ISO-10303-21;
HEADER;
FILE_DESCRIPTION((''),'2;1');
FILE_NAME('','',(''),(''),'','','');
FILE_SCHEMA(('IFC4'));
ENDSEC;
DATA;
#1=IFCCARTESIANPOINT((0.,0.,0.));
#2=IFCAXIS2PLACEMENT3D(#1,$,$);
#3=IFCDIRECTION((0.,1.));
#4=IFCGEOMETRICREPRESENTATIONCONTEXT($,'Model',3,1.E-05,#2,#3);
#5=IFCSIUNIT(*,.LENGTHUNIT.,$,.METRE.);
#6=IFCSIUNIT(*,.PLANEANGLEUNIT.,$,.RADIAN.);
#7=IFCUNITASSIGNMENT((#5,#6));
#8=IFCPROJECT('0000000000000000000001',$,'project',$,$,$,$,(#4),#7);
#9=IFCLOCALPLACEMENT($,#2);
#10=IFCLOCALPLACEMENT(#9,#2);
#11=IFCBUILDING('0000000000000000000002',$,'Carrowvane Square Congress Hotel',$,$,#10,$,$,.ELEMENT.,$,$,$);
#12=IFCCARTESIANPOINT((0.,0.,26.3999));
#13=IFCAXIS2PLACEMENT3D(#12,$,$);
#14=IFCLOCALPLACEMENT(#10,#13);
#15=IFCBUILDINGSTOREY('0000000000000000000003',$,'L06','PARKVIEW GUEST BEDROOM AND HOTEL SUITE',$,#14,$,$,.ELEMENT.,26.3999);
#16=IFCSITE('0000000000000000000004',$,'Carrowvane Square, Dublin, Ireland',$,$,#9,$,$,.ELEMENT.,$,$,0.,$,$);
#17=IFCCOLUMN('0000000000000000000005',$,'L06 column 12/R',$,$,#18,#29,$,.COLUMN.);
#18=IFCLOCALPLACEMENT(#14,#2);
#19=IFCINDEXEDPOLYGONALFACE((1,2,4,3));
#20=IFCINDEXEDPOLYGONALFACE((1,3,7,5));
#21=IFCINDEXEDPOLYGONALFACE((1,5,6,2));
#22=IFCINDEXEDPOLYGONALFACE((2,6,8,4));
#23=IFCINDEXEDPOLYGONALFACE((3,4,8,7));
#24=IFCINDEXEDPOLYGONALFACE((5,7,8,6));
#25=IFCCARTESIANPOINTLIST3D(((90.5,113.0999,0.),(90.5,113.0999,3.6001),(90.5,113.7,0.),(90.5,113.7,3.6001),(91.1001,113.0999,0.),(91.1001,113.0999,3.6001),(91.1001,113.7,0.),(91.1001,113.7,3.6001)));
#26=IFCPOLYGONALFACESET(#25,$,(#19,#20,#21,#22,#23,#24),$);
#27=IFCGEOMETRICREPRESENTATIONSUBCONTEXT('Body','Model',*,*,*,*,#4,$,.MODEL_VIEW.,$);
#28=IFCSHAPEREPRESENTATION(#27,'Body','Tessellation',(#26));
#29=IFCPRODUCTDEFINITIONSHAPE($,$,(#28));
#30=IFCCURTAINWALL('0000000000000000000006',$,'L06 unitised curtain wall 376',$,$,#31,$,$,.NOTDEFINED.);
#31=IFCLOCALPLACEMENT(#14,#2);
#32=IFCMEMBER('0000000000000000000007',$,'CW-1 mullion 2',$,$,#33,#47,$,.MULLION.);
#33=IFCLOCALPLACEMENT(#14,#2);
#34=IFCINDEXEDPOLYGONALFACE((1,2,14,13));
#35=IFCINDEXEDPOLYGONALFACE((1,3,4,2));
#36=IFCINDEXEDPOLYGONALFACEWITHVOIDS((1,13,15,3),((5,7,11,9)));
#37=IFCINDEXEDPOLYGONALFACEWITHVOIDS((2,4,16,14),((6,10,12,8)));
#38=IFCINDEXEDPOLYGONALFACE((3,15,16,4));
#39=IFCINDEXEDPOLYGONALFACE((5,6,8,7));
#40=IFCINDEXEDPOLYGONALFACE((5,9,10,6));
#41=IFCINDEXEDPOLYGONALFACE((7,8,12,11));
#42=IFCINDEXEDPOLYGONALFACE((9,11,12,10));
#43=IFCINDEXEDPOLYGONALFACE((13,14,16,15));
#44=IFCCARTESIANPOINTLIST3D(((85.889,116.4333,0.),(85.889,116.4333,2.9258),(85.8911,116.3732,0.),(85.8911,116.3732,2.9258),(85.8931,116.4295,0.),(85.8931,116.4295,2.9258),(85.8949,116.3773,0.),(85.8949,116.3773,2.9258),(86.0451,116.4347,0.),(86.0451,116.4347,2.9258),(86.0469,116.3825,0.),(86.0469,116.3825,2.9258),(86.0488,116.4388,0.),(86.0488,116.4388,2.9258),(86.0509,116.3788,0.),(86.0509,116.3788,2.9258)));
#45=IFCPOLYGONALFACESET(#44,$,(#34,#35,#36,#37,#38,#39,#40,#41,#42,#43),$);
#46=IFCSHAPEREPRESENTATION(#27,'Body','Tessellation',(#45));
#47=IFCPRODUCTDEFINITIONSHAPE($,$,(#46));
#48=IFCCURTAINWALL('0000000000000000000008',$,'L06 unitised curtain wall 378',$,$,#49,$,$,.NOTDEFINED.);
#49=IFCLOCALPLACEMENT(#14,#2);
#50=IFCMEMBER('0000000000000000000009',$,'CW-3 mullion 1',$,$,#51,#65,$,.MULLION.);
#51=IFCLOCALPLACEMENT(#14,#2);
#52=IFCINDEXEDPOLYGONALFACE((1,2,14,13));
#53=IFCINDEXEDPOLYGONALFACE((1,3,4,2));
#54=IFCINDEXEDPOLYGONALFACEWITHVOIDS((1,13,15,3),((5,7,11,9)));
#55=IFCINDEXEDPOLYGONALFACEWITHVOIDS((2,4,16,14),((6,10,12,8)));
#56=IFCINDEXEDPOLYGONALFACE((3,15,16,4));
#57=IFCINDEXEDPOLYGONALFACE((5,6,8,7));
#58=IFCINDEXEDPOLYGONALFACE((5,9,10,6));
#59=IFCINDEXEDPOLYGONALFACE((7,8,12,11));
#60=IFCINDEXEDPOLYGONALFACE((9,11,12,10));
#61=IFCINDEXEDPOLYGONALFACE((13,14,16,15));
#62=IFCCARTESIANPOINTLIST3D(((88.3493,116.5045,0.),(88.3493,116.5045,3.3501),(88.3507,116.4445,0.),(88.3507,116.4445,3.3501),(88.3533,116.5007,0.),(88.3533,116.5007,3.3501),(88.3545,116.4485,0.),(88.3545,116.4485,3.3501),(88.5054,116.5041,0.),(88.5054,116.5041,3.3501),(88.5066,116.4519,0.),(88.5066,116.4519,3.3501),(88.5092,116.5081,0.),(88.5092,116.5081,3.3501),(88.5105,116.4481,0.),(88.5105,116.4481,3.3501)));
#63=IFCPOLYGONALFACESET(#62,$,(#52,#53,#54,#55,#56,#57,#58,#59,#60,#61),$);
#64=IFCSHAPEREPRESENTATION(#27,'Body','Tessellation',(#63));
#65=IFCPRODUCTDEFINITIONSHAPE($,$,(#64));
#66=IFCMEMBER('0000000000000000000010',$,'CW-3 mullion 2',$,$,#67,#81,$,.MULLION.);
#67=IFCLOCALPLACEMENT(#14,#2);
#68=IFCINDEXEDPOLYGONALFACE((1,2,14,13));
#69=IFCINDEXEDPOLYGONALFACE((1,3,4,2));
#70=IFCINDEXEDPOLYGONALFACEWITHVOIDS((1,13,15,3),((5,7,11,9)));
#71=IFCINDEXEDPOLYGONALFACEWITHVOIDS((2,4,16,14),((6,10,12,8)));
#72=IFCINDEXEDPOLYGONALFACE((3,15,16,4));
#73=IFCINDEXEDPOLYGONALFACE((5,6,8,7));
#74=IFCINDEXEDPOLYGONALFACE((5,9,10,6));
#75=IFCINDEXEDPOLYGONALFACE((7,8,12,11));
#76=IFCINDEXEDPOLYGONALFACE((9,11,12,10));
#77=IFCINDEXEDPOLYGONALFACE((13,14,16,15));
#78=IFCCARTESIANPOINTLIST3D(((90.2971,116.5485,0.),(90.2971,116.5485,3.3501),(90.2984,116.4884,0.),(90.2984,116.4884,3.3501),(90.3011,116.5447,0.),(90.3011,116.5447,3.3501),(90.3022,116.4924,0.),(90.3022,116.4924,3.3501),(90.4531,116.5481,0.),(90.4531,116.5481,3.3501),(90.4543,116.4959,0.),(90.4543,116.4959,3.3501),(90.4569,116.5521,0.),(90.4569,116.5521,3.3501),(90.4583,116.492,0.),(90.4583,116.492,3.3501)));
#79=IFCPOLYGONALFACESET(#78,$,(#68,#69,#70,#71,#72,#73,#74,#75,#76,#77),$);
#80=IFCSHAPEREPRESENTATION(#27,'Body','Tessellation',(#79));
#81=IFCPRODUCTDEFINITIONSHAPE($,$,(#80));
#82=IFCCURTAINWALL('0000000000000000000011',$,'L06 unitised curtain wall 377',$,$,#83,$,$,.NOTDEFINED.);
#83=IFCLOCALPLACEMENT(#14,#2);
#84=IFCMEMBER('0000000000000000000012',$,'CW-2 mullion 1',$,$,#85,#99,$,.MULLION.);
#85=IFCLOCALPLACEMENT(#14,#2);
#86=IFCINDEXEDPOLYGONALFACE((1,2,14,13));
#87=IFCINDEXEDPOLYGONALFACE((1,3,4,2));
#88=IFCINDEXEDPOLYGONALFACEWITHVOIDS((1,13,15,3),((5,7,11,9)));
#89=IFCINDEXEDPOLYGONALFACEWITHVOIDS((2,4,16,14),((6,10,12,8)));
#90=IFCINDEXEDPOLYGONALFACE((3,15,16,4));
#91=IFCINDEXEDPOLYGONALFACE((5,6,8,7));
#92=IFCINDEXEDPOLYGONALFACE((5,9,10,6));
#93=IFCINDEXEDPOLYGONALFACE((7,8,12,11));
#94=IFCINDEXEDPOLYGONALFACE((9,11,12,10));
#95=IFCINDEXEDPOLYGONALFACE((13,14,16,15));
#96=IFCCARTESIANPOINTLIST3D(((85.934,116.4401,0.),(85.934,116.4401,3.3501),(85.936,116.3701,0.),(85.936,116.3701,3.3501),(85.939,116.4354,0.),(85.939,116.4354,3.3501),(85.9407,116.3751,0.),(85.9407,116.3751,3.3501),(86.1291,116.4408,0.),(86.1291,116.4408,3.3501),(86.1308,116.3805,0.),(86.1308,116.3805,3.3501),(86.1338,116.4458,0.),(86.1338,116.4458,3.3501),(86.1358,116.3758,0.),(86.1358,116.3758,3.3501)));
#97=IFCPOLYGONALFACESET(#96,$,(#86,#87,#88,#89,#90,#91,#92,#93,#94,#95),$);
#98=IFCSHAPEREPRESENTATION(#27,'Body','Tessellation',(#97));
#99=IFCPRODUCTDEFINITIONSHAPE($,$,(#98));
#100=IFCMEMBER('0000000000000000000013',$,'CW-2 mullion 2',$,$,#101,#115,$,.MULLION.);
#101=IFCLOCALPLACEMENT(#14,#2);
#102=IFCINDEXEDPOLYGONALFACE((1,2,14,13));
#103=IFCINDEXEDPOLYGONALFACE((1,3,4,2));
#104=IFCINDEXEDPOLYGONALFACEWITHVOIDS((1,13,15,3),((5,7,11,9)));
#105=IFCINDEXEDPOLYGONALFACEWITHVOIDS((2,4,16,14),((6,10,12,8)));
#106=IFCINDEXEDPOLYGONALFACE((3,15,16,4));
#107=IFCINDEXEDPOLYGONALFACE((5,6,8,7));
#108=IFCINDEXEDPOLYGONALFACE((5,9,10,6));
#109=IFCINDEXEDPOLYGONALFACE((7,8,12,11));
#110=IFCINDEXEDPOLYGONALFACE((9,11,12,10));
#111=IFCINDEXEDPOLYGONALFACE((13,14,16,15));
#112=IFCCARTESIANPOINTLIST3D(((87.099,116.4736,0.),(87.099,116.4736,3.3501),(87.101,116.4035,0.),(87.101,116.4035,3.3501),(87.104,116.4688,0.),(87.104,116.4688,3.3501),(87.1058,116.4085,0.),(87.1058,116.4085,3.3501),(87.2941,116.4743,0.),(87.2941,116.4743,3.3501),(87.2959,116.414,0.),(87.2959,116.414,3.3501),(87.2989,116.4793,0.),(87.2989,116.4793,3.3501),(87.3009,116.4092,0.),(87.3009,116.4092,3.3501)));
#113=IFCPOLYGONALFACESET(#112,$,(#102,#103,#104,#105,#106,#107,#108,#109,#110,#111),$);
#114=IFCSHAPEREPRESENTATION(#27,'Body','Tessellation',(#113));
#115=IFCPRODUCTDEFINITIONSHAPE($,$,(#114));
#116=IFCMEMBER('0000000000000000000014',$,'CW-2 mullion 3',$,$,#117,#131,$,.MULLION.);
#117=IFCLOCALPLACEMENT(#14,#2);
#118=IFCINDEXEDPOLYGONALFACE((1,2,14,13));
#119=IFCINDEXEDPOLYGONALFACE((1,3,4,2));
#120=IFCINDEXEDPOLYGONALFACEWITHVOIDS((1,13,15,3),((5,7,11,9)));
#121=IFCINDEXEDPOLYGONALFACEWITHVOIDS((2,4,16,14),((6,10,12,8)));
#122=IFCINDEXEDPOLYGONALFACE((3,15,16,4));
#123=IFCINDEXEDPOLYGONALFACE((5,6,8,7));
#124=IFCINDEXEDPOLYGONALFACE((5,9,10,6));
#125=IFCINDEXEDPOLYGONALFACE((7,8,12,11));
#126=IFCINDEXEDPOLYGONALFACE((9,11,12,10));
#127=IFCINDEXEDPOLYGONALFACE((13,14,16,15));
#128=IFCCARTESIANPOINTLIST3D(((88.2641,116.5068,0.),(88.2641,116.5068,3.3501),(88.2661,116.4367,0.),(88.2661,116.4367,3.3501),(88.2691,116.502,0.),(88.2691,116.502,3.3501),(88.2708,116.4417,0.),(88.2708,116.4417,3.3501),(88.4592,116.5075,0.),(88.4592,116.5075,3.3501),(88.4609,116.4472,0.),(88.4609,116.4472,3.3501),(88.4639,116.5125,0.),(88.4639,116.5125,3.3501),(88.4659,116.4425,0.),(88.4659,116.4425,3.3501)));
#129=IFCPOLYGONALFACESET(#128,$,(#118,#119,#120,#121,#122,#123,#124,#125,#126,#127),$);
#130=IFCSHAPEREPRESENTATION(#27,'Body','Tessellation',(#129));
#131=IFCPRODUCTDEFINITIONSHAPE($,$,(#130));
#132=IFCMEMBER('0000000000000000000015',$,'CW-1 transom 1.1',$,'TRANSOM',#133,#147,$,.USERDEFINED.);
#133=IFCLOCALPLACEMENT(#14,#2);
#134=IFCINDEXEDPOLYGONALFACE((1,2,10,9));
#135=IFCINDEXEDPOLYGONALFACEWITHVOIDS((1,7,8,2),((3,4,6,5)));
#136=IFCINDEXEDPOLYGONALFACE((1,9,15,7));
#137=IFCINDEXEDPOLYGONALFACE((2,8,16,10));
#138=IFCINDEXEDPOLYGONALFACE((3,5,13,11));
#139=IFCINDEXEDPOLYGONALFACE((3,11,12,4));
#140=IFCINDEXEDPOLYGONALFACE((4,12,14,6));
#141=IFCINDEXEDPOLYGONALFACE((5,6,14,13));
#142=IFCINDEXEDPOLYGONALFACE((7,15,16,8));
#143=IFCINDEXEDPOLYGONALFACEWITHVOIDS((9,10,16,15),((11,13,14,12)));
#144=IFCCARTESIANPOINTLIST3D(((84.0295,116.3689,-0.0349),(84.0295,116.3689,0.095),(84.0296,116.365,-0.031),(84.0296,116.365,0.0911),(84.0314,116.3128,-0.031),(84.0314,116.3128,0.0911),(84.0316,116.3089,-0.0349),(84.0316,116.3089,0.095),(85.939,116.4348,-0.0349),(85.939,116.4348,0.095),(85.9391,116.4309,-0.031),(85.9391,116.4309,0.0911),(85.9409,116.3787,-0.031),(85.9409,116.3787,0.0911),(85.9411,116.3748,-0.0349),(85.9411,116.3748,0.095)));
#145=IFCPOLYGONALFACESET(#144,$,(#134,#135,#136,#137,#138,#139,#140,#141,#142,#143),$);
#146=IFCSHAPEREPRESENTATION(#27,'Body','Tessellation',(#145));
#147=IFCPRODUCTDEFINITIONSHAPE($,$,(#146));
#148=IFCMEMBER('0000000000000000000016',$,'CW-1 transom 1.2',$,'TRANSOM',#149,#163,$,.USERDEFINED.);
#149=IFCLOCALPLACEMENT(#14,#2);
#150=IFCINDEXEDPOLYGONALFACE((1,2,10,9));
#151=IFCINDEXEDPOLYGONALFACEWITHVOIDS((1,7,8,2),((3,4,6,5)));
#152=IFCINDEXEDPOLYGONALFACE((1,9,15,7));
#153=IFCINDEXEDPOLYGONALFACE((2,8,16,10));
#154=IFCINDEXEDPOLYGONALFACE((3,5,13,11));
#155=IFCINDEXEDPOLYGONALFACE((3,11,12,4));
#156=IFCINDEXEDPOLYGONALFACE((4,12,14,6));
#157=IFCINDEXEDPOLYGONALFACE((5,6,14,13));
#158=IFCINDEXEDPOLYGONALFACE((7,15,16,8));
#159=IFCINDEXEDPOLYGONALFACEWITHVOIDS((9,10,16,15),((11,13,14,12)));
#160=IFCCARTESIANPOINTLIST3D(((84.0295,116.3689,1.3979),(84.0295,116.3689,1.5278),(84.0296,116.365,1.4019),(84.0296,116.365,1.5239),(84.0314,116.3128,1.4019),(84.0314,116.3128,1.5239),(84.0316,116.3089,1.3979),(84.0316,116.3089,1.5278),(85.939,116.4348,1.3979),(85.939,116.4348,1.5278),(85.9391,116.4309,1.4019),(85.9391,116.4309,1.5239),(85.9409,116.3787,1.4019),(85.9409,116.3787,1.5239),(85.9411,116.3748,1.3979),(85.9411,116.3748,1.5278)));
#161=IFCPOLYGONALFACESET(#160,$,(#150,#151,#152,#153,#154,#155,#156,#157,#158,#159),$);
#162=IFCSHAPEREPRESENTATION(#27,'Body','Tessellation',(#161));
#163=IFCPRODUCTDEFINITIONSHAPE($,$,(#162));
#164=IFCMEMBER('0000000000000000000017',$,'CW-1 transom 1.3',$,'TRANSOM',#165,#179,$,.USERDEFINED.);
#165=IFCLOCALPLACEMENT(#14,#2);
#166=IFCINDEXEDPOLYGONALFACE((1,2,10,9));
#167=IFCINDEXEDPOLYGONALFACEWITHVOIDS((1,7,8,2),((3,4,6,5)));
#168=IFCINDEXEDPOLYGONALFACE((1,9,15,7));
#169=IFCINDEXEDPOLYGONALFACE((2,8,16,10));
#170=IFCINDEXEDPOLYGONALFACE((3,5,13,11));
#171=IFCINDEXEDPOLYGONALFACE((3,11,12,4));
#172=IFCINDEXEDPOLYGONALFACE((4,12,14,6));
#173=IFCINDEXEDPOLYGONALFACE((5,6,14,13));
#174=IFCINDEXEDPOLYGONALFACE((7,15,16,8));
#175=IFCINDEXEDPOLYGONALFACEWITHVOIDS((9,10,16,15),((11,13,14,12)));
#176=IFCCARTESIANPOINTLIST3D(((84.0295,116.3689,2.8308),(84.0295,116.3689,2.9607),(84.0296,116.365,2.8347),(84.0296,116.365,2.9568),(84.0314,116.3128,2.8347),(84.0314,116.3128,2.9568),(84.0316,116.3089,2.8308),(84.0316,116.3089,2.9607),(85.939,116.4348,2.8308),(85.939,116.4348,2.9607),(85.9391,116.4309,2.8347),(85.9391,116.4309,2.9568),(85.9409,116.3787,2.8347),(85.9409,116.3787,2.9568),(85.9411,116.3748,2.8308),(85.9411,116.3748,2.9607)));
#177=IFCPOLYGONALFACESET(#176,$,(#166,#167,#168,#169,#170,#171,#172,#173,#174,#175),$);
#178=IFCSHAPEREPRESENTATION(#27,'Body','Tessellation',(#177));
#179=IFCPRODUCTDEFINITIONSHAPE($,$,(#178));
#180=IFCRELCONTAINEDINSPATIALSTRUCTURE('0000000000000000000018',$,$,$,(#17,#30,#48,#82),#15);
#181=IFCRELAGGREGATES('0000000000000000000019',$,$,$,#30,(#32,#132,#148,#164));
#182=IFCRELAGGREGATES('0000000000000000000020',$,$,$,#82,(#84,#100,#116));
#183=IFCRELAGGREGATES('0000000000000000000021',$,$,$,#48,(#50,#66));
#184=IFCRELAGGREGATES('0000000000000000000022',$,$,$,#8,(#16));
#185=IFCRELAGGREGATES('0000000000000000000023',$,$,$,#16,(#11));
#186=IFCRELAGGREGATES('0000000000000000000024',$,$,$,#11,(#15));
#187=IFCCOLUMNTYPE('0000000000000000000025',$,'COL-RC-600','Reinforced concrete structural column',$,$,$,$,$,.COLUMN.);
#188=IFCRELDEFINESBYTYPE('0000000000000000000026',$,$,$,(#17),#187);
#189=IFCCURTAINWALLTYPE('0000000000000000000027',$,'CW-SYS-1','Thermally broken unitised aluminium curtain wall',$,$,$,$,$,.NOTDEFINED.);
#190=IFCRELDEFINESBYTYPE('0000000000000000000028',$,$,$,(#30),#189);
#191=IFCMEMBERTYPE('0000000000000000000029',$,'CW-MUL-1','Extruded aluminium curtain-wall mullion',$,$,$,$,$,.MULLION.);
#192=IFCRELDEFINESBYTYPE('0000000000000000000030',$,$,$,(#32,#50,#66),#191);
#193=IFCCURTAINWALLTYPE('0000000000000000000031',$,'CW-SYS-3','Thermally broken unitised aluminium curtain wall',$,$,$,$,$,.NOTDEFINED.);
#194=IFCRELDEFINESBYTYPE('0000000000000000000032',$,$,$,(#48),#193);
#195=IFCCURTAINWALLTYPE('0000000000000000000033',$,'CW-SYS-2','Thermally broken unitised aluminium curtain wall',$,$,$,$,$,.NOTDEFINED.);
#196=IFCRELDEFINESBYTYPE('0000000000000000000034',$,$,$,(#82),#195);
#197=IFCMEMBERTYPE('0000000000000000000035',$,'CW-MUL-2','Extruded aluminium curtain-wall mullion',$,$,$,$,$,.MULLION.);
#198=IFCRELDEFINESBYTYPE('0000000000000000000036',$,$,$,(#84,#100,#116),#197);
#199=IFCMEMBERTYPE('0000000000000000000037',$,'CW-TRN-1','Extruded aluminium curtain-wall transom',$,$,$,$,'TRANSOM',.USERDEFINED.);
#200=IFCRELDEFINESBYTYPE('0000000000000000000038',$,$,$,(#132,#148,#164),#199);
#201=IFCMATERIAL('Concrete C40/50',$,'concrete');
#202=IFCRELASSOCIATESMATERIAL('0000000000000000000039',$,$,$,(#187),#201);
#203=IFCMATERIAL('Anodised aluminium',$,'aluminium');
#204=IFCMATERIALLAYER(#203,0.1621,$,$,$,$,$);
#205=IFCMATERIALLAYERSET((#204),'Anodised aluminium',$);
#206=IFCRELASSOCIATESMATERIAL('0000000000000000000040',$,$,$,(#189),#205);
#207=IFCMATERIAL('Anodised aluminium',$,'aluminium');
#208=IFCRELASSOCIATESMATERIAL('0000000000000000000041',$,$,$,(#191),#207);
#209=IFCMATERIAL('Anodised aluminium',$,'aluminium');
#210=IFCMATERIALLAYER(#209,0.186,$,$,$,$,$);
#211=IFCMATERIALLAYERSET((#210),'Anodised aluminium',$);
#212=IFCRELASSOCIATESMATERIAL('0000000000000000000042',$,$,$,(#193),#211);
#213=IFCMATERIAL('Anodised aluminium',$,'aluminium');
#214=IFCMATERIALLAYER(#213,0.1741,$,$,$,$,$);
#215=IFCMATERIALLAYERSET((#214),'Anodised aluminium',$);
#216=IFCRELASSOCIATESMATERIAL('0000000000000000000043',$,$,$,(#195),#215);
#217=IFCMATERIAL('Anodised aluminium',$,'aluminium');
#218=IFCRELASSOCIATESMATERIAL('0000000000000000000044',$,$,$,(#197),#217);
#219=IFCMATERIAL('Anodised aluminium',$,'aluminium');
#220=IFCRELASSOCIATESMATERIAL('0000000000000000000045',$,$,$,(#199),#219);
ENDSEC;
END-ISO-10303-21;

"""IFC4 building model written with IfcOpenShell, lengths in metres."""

from ifc_helpers import new_model, si_unit, direction, frame, origin, origin_2d, place, context, subcontext, project, spatial, rectangle, hollow_rectangle, extrude, material, layer, layer_set, material_profile, profile_set, type_object, element, aggregate, save


model = new_model("IFC4")

# Units and contexts
model_context = context("Model", 3, precision=1e-05, world=origin(), true_north=direction((0.0, 1.0)))
body_context = subcontext(model_context, "Body", "Model", "MODEL_VIEW")
ifc_project = project(units=[si_unit("LENGTHUNIT", "METRE"), si_unit("PLANEANGLEUNIT", "RADIAN")], contexts=[model_context])

# Site, building, storey
site_placement = place(None, origin())
site = spatial("IfcSite", under=ifc_project, at=site_placement, Name="Carrowvane Square, Dublin, Ireland", CompositionType="ELEMENT", RefElevation=0.0)
building_placement = place(site_placement, origin())
building = spatial("IfcBuilding", under=site, at=building_placement, Name="Carrowvane Square Congress Hotel", CompositionType="ELEMENT")
storey_placement = place(building_placement, frame((0.0, 0.0, 26.3999)))
storey = spatial("IfcBuildingStorey", under=building, at=storey_placement, Name="L06", Description="PARKVIEW GUEST BEDROOM AND HOTEL SUITE", CompositionType="ELEMENT", Elevation=26.3999)

# Column
ifc_material_1 = material(Name="Concrete C40/50", Category="concrete")
ifc_material_profile_1 = material_profile(ifc_material_1, rectangle(XDim=0.6001, YDim=0.6001, at=origin_2d()), Name="RC 600x600")
ifc_profile_set_1 = profile_set([ifc_material_profile_1], Name="Concrete C40/50")
column_type = type_object("IfcColumnType", Name="COL-RC-600", Description="Reinforced concrete structural column", PredefinedType="COLUMN", material=ifc_profile_set_1)
column_placement = place(storey_placement, frame((90.8, 113.3999, 0.0), z_axis=(0.0, 0.0, 1.0), x_axis=(1.0, 0.0, 0.0)))
element("IfcColumn", 1, at=column_placement, inside=storey, type_object=column_type, Name="L06 column 12/R", PredefinedType="COLUMN", context=body_context, shape_type="SweptSolid", body=[
    extrude(rectangle(XDim=0.6001, YDim=0.6001, at=origin_2d()), origin(), (0.0, 0.0, 1.0), 3.6001),
])

# Curtain wall, member
ifc_material_2 = material(Name="Anodised aluminium", Category="aluminium")
ifc_layer_1 = layer(ifc_material_2, 0.1621)
ifc_layer_set_1 = layer_set([ifc_layer_1], Name="Anodised aluminium")
curtain_wall_type_1 = type_object("IfcCurtainWallType", Name="CW-SYS-1", Description="Thermally broken unitised aluminium curtain wall", PredefinedType="NOTDEFINED", material=ifc_layer_set_1)
curtain_wall_1_placement = place(storey_placement, origin())
curtain_wall_1 = element("IfcCurtainWall", 2, at=curtain_wall_1_placement, inside=storey, type_object=curtain_wall_type_1, Name="L06 unitised curtain wall 376", PredefinedType="NOTDEFINED")
ifc_material_3 = material(Name="Anodised aluminium", Category="aluminium")
ifc_material_profile_2 = material_profile(ifc_material_3, hollow_rectangle(XDim=0.0601, YDim=0.1599, WallThickness=0.0039, at=origin_2d()), Name="CW-ML 60x160x4")
ifc_profile_set_2 = profile_set([ifc_material_profile_2], Name="Anodised aluminium")
member_type_1 = type_object("IfcMemberType", Name="CW-MUL-1", Description="Extruded aluminium curtain-wall mullion", PredefinedType="MULLION", material=ifc_profile_set_2)
member_1_placement = place(storey_placement, frame((85.97, 116.406, 0.0), z_axis=(0.0, 0.0, 1.0), x_axis=(-0.034527, 0.999404, 0.0)))
member_1 = element("IfcMember", 3, at=member_1_placement, type_object=member_type_1, Name="CW-1 mullion 2", PredefinedType="MULLION", context=body_context, shape_type="SweptSolid", body=[
    extrude(hollow_rectangle(XDim=0.0601, YDim=0.1599, WallThickness=0.0039, at=origin_2d()), origin(), (0.0, 0.0, 1.0), 2.9258),
])

# Curtain walls, members
ifc_material_4 = material(Name="Anodised aluminium", Category="aluminium")
ifc_layer_2 = layer(ifc_material_4, 0.186)
ifc_layer_set_2 = layer_set([ifc_layer_2], Name="Anodised aluminium")
curtain_wall_type_2 = type_object("IfcCurtainWallType", Name="CW-SYS-3", Description="Thermally broken unitised aluminium curtain wall", PredefinedType="NOTDEFINED", material=ifc_layer_set_2)
curtain_wall_2_placement = place(storey_placement, origin())
curtain_wall_2 = element("IfcCurtainWall", 4, at=curtain_wall_2_placement, inside=storey, type_object=curtain_wall_type_2, Name="L06 unitised curtain wall 378", PredefinedType="NOTDEFINED")
member_2_placement = place(storey_placement, frame((88.4299, 116.4763, 0.0), z_axis=(0.0, 0.0, 1.0), x_axis=(-0.022518, 0.999746, 0.0)))
member_2 = element("IfcMember", 5, at=member_2_placement, type_object=member_type_1, Name="CW-3 mullion 1", PredefinedType="MULLION", context=body_context, shape_type="SweptSolid", body=[
    extrude(hollow_rectangle(XDim=0.0601, YDim=0.1599, WallThickness=0.0039, at=origin_2d()), origin(), (0.0, 0.0, 1.0), 3.3501),
])
member_3_placement = place(storey_placement, frame((90.3777, 116.5203, 0.0), z_axis=(0.0, 0.0, 1.0), x_axis=(-0.022518, 0.999746, 0.0)))
member_3 = element("IfcMember", 6, at=member_3_placement, type_object=member_type_1, Name="CW-3 mullion 2", PredefinedType="MULLION", context=body_context, shape_type="SweptSolid", body=[
    extrude(hollow_rectangle(XDim=0.0601, YDim=0.1599, WallThickness=0.0039, at=origin_2d()), origin(), (0.0, 0.0, 1.0), 3.3501),
])
ifc_material_5 = material(Name="Anodised aluminium", Category="aluminium")
ifc_layer_3 = layer(ifc_material_5, 0.1741)
ifc_layer_set_3 = layer_set([ifc_layer_3], Name="Anodised aluminium")
curtain_wall_type_3 = type_object("IfcCurtainWallType", Name="CW-SYS-2", Description="Thermally broken unitised aluminium curtain wall", PredefinedType="NOTDEFINED", material=ifc_layer_set_3)
curtain_wall_3_placement = place(storey_placement, origin())
curtain_wall_3 = element("IfcCurtainWall", 7, at=curtain_wall_3_placement, inside=storey, type_object=curtain_wall_type_3, Name="L06 unitised curtain wall 377", PredefinedType="NOTDEFINED")
ifc_material_6 = material(Name="Anodised aluminium", Category="aluminium")
ifc_material_profile_3 = material_profile(ifc_material_6, hollow_rectangle(XDim=0.0701, YDim=0.2, WallThickness=0.0049, at=origin_2d()), Name="CW-ML 70x200x5")
ifc_profile_set_3 = profile_set([ifc_material_profile_3], Name="Anodised aluminium")
member_type_2 = type_object("IfcMemberType", Name="CW-MUL-2", Description="Extruded aluminium curtain-wall mullion", PredefinedType="MULLION", material=ifc_profile_set_3)
member_4_placement = place(storey_placement, frame((86.0349, 116.408, 0.0), z_axis=(0.0, 0.0, 1.0), x_axis=(-0.028638, 0.99959, 0.0)))
member_4 = element("IfcMember", 8, at=member_4_placement, type_object=member_type_2, Name="CW-2 mullion 1", PredefinedType="MULLION", context=body_context, shape_type="SweptSolid", body=[
    extrude(hollow_rectangle(XDim=0.0701, YDim=0.2, WallThickness=0.0049, at=origin_2d()), origin(), (0.0, 0.0, 1.0), 3.3501),
])
member_5_placement = place(storey_placement, frame((87.2, 116.4414, 0.0), z_axis=(0.0, 0.0, 1.0), x_axis=(-0.028638, 0.99959, 0.0)))
member_5 = element("IfcMember", 9, at=member_5_placement, type_object=member_type_2, Name="CW-2 mullion 2", PredefinedType="MULLION", context=body_context, shape_type="SweptSolid", body=[
    extrude(hollow_rectangle(XDim=0.0701, YDim=0.2, WallThickness=0.0049, at=origin_2d()), origin(), (0.0, 0.0, 1.0), 3.3501),
])
member_6_placement = place(storey_placement, frame((88.365, 116.4746, 0.0), z_axis=(0.0, 0.0, 1.0), x_axis=(-0.028638, 0.99959, 0.0)))
member_6 = element("IfcMember", 10, at=member_6_placement, type_object=member_type_2, Name="CW-2 mullion 3", PredefinedType="MULLION", context=body_context, shape_type="SweptSolid", body=[
    extrude(hollow_rectangle(XDim=0.0701, YDim=0.2, WallThickness=0.0049, at=origin_2d()), origin(), (0.0, 0.0, 1.0), 3.3501),
])

# Members
ifc_material_7 = material(Name="Anodised aluminium", Category="aluminium")
ifc_material_profile_4 = material_profile(ifc_material_7, hollow_rectangle(XDim=0.0601, YDim=0.1299, WallThickness=0.0039, at=origin_2d()), Name="CW-TR 60x130x4")
ifc_profile_set_4 = profile_set([ifc_material_profile_4], Name="Anodised aluminium")
member_type_3 = type_object("IfcMemberType", Name="CW-TRN-1", Description="Extruded aluminium curtain-wall transom", ElementType="TRANSOM", PredefinedType="USERDEFINED", material=ifc_profile_set_4)
member_7_placement = place(storey_placement, frame((84.0305, 116.3389, 0.03), z_axis=(0.999405, 0.034502, 0.0), x_axis=(-0.034502, 0.999405, 0.0)))
member_7 = element("IfcMember", 11, at=member_7_placement, type_object=member_type_3, Name="CW-1 transom 1.1", ObjectType="TRANSOM", PredefinedType="USERDEFINED", context=body_context, shape_type="SweptSolid", body=[
    extrude(hollow_rectangle(XDim=0.0601, YDim=0.1299, WallThickness=0.0039, at=origin_2d()), origin(), (0.0, 0.0, 1.0), 1.9106),
])
member_8_placement = place(storey_placement, frame((84.0305, 116.3389, 1.4629), z_axis=(0.999405, 0.034502, 0.0), x_axis=(-0.034502, 0.999405, 0.0)))
member_8 = element("IfcMember", 12, at=member_8_placement, type_object=member_type_3, Name="CW-1 transom 1.2", ObjectType="TRANSOM", PredefinedType="USERDEFINED", context=body_context, shape_type="SweptSolid", body=[
    extrude(hollow_rectangle(XDim=0.0601, YDim=0.1299, WallThickness=0.0039, at=origin_2d()), origin(), (0.0, 0.0, 1.0), 1.9106),
])
member_9_placement = place(storey_placement, frame((84.0305, 116.3389, 2.8958), z_axis=(0.999405, 0.034502, 0.0), x_axis=(-0.034502, 0.999405, 0.0)))
member_9 = element("IfcMember", 13, at=member_9_placement, type_object=member_type_3, Name="CW-1 transom 1.3", ObjectType="TRANSOM", PredefinedType="USERDEFINED", context=body_context, shape_type="SweptSolid", body=[
    extrude(hollow_rectangle(XDim=0.0601, YDim=0.1299, WallThickness=0.0039, at=origin_2d()), origin(), (0.0, 0.0, 1.0), 1.9106),
])

aggregate(curtain_wall_1, [member_1, member_7, member_8, member_9])
aggregate(curtain_wall_3, [member_4, member_5, member_6])
aggregate(curtain_wall_2, [member_2, member_3])

save(model, "model.ifc")
